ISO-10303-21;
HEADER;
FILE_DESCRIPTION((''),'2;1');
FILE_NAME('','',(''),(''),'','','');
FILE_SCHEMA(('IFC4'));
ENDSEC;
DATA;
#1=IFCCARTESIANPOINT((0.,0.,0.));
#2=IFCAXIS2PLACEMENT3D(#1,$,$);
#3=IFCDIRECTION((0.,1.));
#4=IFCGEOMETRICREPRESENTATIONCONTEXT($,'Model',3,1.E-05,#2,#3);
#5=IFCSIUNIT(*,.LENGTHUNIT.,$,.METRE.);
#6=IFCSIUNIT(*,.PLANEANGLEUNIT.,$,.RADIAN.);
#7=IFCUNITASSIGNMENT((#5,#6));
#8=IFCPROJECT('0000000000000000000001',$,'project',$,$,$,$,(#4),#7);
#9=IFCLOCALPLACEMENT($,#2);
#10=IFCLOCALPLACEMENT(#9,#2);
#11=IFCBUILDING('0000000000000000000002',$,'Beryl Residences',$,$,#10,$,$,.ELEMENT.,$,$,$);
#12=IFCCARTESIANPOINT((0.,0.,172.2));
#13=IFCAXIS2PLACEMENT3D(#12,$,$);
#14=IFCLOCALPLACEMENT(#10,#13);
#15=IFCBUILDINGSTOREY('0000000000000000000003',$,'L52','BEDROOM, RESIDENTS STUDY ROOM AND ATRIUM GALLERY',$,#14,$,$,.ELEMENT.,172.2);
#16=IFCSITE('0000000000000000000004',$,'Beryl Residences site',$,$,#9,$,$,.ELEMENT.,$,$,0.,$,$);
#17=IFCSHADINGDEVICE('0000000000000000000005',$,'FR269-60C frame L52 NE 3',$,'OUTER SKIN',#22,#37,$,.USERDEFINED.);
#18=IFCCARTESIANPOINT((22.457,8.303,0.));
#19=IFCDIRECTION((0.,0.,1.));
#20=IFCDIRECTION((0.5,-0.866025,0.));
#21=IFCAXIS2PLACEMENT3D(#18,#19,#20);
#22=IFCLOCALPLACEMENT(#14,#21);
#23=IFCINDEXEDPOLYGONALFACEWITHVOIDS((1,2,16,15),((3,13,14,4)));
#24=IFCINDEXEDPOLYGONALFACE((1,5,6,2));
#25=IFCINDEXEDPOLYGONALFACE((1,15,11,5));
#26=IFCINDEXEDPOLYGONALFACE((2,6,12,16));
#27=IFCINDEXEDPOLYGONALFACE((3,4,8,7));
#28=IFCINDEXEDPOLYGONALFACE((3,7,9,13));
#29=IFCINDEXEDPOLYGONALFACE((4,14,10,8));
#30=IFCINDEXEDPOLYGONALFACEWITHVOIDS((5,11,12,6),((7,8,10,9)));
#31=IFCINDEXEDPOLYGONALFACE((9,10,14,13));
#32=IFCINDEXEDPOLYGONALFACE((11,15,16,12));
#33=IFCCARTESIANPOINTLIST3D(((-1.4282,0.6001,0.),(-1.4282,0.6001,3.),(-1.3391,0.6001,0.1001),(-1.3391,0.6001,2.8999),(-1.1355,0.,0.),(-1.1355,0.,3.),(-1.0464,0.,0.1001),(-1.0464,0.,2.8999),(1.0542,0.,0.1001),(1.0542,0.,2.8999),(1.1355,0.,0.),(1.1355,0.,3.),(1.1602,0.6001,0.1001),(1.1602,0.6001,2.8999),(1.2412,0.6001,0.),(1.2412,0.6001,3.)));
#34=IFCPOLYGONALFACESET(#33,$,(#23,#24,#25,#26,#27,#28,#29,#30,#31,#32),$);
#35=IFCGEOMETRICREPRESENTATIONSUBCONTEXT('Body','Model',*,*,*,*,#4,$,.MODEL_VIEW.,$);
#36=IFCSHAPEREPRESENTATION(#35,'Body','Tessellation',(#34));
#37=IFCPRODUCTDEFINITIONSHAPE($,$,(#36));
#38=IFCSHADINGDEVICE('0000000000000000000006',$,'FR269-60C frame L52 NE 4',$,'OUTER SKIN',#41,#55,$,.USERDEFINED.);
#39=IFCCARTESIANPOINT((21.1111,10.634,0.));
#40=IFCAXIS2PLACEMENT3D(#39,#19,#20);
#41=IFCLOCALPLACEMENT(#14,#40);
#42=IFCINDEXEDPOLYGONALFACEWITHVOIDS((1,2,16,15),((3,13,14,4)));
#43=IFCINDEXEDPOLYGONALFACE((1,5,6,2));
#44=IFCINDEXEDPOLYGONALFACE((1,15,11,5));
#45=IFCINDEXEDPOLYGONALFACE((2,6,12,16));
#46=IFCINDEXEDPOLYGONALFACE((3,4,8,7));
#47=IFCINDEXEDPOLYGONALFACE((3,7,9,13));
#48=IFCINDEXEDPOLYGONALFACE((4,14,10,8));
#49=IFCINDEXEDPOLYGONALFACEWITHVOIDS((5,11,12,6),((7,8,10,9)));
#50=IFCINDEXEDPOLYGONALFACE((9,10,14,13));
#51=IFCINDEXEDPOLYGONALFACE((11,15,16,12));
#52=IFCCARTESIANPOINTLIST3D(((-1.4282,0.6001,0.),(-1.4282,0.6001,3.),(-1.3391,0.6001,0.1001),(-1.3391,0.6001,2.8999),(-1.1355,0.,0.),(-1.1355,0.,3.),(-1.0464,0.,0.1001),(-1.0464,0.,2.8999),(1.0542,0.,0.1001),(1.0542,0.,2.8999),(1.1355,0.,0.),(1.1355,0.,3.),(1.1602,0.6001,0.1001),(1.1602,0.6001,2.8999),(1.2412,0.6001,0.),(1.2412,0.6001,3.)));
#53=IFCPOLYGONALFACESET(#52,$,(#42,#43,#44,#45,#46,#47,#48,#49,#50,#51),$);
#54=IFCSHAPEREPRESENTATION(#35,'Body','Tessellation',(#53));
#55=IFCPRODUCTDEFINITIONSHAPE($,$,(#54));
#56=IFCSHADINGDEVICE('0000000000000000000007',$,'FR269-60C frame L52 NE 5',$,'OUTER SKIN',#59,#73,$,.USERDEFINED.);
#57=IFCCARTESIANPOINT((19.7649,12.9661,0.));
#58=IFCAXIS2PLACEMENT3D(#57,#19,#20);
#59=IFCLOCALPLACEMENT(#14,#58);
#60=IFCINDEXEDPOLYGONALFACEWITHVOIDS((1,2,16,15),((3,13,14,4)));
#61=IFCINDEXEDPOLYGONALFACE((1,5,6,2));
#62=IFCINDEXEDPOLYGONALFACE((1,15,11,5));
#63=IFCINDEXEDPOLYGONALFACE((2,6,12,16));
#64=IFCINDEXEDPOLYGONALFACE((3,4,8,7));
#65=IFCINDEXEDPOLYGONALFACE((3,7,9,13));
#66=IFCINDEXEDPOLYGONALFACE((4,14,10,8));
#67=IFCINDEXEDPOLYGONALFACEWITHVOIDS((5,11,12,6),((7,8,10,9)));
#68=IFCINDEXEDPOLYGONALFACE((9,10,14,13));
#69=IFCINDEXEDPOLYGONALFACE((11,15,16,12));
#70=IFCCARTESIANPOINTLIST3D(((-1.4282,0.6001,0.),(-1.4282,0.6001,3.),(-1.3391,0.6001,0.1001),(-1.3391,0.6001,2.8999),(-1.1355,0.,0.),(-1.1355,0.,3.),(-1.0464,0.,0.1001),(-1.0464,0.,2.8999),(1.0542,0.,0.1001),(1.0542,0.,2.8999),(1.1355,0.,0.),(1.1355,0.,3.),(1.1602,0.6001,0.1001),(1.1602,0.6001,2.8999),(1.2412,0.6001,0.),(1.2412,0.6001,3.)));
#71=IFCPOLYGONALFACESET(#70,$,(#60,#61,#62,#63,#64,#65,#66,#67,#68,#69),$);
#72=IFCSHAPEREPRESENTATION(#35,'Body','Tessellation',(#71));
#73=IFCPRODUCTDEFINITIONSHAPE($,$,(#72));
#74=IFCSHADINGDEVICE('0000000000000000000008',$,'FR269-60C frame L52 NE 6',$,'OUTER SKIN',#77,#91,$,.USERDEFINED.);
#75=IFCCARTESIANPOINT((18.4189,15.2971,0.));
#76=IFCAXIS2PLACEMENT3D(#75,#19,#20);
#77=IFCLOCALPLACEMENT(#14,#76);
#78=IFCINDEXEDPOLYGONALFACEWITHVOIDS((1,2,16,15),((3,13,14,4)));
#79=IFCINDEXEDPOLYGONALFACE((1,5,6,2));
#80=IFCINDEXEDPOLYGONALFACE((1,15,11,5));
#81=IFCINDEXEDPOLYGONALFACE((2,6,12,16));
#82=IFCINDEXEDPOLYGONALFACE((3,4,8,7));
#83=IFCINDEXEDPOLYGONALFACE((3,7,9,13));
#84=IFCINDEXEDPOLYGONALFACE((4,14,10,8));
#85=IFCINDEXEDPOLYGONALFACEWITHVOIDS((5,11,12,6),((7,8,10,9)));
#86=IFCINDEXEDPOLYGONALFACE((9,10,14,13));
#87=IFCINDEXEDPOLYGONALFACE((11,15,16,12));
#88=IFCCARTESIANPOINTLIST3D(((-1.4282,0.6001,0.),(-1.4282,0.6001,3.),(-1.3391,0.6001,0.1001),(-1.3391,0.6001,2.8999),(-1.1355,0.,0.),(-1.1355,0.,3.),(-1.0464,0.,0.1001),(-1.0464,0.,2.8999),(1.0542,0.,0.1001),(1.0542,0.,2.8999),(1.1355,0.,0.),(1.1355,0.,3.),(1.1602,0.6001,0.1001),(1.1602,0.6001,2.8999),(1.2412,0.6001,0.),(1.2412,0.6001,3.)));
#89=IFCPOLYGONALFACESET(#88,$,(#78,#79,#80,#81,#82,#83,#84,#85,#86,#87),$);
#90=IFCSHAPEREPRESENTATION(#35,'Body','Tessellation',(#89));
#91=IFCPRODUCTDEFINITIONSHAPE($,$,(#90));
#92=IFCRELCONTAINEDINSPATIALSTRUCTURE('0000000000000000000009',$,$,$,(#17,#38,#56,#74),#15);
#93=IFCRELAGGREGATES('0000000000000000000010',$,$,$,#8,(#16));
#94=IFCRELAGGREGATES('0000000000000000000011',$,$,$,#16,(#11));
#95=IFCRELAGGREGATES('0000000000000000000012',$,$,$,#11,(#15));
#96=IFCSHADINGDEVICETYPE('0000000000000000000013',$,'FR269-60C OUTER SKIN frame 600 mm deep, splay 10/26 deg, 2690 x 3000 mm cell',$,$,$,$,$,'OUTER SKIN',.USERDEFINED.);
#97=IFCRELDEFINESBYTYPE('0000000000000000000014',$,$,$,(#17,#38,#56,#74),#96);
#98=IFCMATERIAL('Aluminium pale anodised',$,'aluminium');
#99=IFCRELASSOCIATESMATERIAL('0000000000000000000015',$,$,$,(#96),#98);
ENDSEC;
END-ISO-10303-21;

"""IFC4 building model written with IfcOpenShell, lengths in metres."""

from ifc_helpers import new_model, entity, si_unit, direction, frame, origin, place, context, subcontext, project, spatial, source, transform, mapped, material, type_object, type_shapes, element, save


model = new_model("IFC4")

# Units and contexts
model_context = context("Model", 3, precision=1e-05, world=origin(), true_north=direction((0.0, 1.0)))
body_context = subcontext(model_context, "Body", "Model", "MODEL_VIEW")
ifc_project = project(units=[si_unit("LENGTHUNIT", "METRE"), si_unit("PLANEANGLEUNIT", "RADIAN")], contexts=[model_context])

# Site, building, storey
site_placement = place(None, origin())
site = spatial("IfcSite", under=ifc_project, at=site_placement, Name="Beryl Residences site", CompositionType="ELEMENT", RefElevation=0.0)
building_placement = place(site_placement, origin())
building = spatial("IfcBuilding", under=site, at=building_placement, Name="Beryl Residences", CompositionType="ELEMENT")
storey_placement = place(building_placement, frame((0.0, 0.0, 172.2)))
storey = spatial("IfcBuildingStorey", under=building, at=storey_placement, Name="L52", Description="BEDROOM, RESIDENTS STUDY ROOM AND ATRIUM GALLERY", CompositionType="ELEMENT", Elevation=172.2)

# Shading devices
ifc_material_1 = material(Name="Aluminium pale anodised", Category="aluminium")
shading_device_type = type_object("IfcShadingDeviceType", Name="FR269-60C OUTER SKIN frame 600 mm deep, splay 10/26 deg, 2690 x 3000 mm cell", ElementType="OUTER SKIN", PredefinedType="USERDEFINED", material=ifc_material_1)
cartesian_point_1 = entity("IfcCartesianPoint", [-1.1355, 0.0])
cartesian_point_2 = entity("IfcCartesianPoint", [-1.0542, 0.1001])
cartesian_point_3 = entity("IfcCartesianPoint", [-1.2412, 0.0])
cartesian_point_4 = entity("IfcCartesianPoint", [-1.1602, 0.1001])
shared_shape_1 = source(origin(), body_context, "Body", "SweptSolid", [
    entity("IfcExtrudedAreaSolidTapered", entity("IfcArbitraryProfileDefWithVoids", "AREA", None, entity("IfcPolyline", [cartesian_point_1, entity("IfcCartesianPoint", [1.1355, 0.0]), entity("IfcCartesianPoint", [1.1355, 3.0]), entity("IfcCartesianPoint", [-1.1355, 3.0]), cartesian_point_1]), [entity("IfcPolyline", [cartesian_point_2, entity("IfcCartesianPoint", [1.0464, 0.1001]), entity("IfcCartesianPoint", [1.0464, 2.8999]), entity("IfcCartesianPoint", [-1.0542, 2.8999]), cartesian_point_2])]), entity("IfcAxis2Placement3D", entity("IfcCartesianPoint", [0.0, 0.0, 0.0]), entity("IfcDirection", [0.0, 1.0, 0.0]), entity("IfcDirection", [-1.0, 0.0, 0.0])), entity("IfcDirection", [0.0, 0.0, 1.0]), 0.6001, entity("IfcArbitraryProfileDefWithVoids", "AREA", None, entity("IfcPolyline", [cartesian_point_3, entity("IfcCartesianPoint", [1.4282, 0.0]), entity("IfcCartesianPoint", [1.4282, 3.0]), entity("IfcCartesianPoint", [-1.2412, 3.0]), cartesian_point_3]), [entity("IfcPolyline", [cartesian_point_4, entity("IfcCartesianPoint", [1.3391, 0.1001]), entity("IfcCartesianPoint", [1.3391, 2.8999]), entity("IfcCartesianPoint", [-1.1602, 2.8999]), cartesian_point_4])])),
])
type_shapes(shading_device_type, [shared_shape_1])
for number, where, z_axis, x_axis, name in (
    (1, (22.457, 8.303, 0.0), (0.0, 0.0, 1.0), (0.5, -0.866025, 0.0), "FR269-60C frame L52 NE 3"),
    (2, (21.1111, 10.634, 0.0), (0.0, 0.0, 1.0), (0.5, -0.866025, 0.0), "FR269-60C frame L52 NE 4"),
    (3, (19.7649, 12.9661, 0.0), (0.0, 0.0, 1.0), (0.5, -0.866025, 0.0), "FR269-60C frame L52 NE 5"),
    (4, (18.4189, 15.2971, 0.0), (0.0, 0.0, 1.0), (0.5, -0.866025, 0.0), "FR269-60C frame L52 NE 6"),
):
    element("IfcShadingDevice", number, at=place(storey_placement, frame(where, z_axis=z_axis, x_axis=x_axis)), inside=storey, type_object=shading_device_type, Name=name, ObjectType="OUTER SKIN", PredefinedType="USERDEFINED", context=body_context, shape_type="MappedRepresentation", body=[
        mapped(shared_shape_1, transform((0.0, 0.0, 0.0))),
    ])

save(model, "model.ifc")
